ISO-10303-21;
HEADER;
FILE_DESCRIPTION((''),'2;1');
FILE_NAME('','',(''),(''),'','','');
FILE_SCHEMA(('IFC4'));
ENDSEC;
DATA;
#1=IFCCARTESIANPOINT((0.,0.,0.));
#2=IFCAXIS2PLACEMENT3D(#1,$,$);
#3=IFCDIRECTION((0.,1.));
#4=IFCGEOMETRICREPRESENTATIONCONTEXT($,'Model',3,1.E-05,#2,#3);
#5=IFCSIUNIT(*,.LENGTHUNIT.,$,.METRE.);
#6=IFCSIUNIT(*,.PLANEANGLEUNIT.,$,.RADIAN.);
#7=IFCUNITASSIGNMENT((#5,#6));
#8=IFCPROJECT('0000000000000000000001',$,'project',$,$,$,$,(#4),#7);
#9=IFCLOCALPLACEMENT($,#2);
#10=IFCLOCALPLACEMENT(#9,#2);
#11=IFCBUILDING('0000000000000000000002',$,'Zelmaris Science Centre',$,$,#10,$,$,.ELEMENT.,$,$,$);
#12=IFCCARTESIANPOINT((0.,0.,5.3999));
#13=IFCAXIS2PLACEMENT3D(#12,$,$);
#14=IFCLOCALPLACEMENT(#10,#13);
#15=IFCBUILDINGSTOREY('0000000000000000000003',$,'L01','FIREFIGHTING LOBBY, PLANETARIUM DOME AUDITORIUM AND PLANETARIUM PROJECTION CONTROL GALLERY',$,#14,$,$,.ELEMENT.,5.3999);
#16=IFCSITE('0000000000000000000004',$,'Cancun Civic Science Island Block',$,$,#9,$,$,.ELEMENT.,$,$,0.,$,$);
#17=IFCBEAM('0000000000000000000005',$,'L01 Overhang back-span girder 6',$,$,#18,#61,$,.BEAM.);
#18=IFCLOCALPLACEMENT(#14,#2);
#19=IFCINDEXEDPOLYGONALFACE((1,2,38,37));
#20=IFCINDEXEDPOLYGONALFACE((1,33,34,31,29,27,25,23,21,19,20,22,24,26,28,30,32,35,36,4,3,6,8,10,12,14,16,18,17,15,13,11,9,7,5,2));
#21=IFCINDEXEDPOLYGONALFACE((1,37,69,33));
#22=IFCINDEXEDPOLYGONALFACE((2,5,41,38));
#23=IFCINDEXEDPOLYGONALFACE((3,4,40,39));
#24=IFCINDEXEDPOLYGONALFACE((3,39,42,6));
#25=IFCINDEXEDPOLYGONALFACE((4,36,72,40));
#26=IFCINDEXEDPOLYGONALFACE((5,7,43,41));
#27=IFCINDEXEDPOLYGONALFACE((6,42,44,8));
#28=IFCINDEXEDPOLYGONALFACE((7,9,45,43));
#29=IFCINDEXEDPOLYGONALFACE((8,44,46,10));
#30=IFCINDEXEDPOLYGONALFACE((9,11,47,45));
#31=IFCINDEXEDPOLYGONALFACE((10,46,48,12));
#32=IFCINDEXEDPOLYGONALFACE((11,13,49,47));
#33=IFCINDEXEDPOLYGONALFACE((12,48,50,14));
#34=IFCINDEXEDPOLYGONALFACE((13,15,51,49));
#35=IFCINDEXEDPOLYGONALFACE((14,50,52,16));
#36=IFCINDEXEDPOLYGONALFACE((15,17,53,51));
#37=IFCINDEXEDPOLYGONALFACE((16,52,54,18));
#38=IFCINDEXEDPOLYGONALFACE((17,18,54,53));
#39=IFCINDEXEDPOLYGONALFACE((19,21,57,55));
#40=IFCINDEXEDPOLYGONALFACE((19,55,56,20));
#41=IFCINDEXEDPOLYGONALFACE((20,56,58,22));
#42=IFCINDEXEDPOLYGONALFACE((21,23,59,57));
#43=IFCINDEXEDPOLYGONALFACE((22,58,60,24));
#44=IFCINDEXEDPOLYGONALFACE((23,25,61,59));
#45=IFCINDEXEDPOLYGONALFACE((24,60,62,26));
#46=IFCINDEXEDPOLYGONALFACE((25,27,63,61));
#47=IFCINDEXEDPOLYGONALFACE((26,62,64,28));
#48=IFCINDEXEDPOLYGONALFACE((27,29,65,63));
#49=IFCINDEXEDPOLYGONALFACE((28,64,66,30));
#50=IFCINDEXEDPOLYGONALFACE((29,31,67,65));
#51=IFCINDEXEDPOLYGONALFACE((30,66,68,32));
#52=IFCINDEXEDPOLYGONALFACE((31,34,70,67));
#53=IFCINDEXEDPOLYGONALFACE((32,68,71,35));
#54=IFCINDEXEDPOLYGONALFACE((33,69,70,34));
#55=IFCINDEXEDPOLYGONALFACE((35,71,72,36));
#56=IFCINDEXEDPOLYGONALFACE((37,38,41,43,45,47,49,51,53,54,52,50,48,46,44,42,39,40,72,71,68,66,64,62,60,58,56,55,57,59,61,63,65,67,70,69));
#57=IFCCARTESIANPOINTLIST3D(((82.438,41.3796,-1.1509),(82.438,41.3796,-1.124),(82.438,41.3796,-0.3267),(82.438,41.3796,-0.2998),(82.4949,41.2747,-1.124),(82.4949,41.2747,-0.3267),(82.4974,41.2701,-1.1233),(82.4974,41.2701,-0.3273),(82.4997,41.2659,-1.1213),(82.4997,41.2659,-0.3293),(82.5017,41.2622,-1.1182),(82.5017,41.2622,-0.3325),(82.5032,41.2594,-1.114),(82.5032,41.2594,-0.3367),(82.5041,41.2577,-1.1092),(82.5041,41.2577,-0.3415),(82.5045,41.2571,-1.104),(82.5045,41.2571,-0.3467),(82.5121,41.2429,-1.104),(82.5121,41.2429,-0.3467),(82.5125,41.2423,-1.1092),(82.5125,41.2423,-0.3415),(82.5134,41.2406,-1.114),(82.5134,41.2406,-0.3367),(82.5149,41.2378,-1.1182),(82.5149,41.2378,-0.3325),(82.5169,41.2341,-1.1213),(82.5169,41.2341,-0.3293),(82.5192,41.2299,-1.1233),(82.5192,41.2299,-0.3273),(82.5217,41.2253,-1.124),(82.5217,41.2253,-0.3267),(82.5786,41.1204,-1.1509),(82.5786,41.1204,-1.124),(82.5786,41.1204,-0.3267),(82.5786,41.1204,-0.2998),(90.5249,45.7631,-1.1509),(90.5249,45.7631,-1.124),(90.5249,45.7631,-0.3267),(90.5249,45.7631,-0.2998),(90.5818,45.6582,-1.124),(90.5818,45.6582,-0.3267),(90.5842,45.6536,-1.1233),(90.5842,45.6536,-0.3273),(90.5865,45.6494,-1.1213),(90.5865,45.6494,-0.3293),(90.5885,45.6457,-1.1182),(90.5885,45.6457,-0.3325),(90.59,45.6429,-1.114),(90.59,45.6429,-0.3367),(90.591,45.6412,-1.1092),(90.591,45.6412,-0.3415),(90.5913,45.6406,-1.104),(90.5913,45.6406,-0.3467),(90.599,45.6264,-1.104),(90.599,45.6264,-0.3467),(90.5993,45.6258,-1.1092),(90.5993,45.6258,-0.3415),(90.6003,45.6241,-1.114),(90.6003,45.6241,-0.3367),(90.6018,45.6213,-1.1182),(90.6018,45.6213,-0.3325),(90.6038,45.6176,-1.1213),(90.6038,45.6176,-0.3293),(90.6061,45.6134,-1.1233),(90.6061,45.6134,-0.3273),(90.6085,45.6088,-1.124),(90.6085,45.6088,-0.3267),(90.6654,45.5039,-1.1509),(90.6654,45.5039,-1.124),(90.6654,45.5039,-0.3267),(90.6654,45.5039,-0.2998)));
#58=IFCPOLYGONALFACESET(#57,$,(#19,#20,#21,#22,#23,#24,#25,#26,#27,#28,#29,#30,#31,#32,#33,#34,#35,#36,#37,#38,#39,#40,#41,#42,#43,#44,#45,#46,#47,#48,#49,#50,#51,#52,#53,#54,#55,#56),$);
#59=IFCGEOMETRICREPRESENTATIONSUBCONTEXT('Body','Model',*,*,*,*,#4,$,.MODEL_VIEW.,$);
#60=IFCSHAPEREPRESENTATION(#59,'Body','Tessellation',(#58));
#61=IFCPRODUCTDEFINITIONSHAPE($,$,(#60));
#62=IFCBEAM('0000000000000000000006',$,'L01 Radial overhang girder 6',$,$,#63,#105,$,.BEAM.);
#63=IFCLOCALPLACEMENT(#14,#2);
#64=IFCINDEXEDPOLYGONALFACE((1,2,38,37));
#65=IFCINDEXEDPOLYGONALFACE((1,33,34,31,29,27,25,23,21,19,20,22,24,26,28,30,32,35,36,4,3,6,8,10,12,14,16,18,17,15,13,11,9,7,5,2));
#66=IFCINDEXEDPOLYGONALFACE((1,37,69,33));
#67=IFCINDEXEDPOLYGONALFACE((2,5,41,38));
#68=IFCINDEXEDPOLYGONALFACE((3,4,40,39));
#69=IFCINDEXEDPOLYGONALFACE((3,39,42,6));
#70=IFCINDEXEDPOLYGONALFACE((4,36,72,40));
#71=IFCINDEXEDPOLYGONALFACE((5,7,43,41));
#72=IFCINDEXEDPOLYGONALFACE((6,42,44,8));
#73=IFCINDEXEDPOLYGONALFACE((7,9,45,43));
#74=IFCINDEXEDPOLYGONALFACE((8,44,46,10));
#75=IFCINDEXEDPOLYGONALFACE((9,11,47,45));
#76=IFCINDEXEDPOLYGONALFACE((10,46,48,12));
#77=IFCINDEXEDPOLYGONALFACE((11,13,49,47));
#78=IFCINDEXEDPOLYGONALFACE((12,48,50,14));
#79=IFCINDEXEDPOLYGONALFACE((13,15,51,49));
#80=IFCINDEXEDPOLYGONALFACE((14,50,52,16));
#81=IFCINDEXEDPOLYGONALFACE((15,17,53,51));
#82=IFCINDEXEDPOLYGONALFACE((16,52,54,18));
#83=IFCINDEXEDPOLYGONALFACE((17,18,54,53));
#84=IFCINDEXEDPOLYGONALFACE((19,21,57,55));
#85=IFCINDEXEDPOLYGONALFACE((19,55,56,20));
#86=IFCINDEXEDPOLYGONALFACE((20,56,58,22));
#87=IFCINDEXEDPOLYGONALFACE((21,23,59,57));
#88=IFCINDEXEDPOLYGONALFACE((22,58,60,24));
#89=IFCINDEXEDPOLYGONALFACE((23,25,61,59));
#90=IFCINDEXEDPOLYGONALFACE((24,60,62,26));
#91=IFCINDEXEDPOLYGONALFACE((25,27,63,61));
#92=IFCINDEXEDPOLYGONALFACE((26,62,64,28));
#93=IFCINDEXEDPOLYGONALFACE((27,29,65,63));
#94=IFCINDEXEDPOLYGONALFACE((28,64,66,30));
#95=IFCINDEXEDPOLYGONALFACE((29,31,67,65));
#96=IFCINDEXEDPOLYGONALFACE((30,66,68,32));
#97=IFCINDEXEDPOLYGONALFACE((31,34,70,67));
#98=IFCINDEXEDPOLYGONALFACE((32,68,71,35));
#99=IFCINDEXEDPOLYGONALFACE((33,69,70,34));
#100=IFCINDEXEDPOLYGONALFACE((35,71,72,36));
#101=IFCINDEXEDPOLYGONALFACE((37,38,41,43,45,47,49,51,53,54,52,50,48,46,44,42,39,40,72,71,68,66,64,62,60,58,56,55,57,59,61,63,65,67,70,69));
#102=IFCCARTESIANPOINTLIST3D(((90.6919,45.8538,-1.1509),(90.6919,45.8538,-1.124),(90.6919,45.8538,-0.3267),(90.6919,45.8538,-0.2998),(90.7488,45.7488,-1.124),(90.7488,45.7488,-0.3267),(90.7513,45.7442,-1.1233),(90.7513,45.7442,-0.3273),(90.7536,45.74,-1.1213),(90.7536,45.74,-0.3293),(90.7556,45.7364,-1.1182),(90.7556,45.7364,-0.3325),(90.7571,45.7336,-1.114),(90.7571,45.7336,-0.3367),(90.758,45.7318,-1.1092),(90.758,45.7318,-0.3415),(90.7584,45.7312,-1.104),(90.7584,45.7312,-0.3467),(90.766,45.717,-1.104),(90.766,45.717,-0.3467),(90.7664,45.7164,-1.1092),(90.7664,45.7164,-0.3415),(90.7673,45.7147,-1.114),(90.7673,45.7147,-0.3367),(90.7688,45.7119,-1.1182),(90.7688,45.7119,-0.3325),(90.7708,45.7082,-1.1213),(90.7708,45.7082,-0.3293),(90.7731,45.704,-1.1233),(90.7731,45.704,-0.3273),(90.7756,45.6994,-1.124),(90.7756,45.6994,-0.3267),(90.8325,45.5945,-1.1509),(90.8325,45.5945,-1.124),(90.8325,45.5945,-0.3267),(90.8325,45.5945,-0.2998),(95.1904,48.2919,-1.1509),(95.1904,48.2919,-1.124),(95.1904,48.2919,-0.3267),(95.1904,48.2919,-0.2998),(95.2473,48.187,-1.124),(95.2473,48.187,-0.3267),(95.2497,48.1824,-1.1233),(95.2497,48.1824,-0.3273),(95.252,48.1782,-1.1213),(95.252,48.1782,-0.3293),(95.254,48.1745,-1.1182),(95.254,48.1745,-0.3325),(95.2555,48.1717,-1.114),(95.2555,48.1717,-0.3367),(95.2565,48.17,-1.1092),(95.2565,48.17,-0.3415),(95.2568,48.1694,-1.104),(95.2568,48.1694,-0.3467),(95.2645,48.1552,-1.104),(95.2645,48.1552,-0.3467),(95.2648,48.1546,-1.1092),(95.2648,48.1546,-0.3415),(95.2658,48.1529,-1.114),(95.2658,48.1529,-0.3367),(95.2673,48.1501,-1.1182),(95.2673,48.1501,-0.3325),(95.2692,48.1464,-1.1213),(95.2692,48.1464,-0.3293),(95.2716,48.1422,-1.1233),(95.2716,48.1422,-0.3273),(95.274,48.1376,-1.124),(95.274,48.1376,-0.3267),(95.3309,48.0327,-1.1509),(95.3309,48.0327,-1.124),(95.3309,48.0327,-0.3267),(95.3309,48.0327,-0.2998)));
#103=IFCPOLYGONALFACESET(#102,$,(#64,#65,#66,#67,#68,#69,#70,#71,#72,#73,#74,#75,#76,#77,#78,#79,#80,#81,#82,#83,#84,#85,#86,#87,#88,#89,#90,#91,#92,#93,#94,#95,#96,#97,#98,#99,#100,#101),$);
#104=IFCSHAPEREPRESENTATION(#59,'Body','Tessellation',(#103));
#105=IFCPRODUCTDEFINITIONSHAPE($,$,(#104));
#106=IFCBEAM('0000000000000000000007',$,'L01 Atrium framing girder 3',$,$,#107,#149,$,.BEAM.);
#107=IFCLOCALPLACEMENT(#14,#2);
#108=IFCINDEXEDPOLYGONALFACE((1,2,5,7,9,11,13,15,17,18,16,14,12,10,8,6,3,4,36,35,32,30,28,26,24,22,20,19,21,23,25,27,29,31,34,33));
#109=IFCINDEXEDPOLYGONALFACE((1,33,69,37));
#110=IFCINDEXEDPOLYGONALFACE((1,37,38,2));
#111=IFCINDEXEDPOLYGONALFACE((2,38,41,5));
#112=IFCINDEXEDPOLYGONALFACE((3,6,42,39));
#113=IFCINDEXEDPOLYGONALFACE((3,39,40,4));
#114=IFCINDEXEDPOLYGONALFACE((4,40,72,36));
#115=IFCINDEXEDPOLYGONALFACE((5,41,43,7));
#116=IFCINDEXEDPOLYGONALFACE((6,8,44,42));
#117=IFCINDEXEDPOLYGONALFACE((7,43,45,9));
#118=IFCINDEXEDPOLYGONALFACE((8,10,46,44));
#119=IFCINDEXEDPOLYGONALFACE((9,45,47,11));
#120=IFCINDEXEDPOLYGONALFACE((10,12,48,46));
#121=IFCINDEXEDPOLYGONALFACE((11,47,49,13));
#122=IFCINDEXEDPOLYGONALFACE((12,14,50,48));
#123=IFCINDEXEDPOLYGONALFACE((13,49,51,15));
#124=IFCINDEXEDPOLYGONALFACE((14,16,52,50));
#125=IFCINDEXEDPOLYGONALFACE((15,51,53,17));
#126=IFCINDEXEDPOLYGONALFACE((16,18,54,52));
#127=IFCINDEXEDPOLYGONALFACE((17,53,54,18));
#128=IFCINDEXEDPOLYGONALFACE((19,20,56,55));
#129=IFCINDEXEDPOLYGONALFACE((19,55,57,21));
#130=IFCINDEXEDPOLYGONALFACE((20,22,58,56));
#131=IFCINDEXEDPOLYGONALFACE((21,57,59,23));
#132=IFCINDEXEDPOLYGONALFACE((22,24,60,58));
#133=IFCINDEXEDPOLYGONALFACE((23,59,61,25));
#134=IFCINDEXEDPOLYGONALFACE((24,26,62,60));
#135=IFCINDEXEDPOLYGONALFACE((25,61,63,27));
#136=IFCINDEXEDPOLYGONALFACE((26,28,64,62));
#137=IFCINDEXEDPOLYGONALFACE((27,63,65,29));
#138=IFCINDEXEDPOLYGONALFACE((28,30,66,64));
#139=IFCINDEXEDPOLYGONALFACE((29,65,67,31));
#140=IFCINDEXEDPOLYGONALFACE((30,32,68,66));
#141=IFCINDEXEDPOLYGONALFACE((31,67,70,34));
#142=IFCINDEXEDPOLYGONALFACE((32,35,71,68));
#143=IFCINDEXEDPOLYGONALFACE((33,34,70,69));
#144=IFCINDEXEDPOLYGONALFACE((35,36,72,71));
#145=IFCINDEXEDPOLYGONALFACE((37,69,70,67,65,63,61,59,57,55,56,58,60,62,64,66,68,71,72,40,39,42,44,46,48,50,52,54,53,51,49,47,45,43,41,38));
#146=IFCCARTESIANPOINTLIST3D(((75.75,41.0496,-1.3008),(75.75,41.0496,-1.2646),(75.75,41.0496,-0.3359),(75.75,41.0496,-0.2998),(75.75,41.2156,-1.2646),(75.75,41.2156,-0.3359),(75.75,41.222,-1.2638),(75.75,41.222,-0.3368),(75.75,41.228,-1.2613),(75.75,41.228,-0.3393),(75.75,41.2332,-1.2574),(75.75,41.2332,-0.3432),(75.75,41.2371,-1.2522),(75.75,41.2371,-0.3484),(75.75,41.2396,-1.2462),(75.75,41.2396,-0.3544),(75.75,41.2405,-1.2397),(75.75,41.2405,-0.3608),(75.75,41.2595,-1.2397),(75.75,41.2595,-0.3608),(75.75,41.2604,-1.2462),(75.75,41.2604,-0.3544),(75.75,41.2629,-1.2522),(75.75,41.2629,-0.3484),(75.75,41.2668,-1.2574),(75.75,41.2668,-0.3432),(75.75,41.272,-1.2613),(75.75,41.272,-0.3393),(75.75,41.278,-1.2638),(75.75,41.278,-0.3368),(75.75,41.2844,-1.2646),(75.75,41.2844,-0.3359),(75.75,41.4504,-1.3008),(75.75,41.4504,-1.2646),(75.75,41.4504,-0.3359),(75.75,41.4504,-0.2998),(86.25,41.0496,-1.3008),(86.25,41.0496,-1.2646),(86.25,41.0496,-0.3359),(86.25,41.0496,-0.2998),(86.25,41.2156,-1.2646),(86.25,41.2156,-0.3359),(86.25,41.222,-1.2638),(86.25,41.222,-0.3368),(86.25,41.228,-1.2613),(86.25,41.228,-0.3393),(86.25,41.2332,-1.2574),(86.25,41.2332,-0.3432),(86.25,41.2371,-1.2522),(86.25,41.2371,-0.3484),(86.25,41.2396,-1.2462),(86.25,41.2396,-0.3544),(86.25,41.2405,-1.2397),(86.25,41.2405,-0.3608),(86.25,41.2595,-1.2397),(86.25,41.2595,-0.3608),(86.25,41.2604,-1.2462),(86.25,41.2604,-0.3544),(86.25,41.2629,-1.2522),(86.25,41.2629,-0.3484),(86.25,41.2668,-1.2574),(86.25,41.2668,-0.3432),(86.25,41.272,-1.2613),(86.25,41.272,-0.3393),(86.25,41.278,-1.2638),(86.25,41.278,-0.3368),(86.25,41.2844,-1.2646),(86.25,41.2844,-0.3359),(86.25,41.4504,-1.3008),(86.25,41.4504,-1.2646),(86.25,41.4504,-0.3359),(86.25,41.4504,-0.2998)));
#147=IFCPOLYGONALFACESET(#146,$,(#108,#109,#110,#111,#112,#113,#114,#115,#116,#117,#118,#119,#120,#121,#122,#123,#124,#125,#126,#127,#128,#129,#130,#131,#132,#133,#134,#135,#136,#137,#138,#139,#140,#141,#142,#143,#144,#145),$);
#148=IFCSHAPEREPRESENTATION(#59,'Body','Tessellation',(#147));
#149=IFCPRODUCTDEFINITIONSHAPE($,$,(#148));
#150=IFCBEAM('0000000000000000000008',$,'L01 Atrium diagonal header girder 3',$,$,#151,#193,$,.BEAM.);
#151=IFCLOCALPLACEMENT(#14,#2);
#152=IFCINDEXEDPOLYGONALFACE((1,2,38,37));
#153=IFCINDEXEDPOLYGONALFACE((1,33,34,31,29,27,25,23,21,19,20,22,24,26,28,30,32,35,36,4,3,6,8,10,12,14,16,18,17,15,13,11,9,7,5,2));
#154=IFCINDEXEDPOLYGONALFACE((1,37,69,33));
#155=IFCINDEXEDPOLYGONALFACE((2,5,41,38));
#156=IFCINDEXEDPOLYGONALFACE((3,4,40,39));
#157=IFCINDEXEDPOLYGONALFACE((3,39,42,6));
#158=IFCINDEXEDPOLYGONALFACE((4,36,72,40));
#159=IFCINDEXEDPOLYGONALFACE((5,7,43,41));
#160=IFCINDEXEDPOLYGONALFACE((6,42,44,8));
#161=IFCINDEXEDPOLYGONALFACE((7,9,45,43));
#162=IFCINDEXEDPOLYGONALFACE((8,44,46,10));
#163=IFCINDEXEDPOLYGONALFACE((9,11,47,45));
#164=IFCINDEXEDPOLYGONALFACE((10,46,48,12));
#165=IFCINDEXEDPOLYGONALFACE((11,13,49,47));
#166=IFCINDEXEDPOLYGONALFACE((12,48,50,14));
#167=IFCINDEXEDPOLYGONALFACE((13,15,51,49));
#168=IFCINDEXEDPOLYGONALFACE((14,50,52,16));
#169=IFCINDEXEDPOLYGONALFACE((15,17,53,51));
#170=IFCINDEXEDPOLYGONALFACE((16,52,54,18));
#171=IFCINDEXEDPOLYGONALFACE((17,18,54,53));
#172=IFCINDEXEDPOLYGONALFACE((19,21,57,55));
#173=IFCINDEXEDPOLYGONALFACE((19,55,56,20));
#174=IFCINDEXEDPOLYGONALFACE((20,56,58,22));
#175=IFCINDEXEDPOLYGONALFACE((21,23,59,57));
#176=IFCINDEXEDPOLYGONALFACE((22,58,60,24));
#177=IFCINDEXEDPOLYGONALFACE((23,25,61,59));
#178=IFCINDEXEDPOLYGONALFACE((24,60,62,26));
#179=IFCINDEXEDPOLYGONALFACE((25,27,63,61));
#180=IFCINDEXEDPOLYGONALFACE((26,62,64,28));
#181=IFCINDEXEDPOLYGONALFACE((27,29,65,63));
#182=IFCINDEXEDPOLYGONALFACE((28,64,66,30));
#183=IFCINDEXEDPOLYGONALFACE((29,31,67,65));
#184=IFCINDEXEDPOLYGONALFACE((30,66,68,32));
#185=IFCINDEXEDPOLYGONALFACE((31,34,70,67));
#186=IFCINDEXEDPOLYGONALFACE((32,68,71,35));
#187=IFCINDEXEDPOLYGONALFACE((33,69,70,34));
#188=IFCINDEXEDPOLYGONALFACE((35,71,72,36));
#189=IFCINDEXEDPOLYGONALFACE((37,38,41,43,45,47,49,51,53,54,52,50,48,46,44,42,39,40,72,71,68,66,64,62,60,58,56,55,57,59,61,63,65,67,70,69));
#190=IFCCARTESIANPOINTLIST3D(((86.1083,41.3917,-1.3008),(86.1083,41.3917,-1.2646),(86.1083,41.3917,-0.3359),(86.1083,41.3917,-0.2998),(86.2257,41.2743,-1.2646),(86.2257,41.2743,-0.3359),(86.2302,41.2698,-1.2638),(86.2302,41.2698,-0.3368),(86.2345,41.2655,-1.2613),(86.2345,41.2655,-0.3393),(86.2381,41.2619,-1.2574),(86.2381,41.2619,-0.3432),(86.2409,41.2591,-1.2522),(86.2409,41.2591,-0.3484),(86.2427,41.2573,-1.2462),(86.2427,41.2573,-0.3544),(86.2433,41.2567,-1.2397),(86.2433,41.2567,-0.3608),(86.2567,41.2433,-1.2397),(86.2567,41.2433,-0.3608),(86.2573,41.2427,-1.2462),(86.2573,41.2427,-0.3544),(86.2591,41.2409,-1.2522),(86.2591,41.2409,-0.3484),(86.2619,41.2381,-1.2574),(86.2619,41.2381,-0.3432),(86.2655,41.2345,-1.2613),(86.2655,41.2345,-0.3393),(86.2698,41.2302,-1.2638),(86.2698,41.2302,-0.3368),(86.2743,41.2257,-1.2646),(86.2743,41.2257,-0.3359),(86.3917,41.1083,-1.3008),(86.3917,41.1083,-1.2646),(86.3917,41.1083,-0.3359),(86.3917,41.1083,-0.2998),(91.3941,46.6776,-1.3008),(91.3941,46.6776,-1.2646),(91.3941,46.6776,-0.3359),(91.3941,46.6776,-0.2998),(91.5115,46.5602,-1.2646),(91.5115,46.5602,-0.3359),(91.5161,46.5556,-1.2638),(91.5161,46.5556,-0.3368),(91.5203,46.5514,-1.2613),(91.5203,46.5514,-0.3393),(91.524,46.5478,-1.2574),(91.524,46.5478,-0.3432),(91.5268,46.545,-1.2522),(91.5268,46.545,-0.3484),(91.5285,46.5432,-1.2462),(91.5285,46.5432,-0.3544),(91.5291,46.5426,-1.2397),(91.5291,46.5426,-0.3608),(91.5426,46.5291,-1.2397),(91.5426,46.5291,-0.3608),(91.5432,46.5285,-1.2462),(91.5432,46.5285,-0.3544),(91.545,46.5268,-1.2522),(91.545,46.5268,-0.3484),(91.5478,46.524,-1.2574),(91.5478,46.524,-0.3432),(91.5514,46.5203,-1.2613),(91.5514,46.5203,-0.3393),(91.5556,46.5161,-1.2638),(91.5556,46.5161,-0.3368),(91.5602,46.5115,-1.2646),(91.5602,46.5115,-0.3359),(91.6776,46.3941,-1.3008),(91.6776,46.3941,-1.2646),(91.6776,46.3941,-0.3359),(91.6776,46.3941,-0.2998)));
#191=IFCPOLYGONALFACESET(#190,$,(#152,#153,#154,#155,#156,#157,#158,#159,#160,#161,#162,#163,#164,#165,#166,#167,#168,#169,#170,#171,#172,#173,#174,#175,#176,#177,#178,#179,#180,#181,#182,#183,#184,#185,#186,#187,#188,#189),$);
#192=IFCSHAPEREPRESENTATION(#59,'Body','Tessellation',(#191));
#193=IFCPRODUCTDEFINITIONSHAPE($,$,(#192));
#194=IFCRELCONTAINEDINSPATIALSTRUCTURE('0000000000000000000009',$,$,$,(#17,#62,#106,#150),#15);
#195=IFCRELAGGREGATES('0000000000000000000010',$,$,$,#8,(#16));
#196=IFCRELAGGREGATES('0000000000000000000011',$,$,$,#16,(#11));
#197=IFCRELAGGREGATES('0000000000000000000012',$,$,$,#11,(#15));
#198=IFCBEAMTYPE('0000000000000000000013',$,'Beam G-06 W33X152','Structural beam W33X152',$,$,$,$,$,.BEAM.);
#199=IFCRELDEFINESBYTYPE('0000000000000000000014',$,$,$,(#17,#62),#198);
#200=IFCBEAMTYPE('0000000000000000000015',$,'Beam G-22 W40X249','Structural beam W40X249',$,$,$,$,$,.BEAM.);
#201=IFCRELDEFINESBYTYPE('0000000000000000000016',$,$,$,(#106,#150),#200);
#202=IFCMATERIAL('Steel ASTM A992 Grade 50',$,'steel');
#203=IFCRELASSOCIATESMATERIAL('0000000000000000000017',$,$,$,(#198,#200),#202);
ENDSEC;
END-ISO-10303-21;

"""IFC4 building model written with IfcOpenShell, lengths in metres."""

from ifc_helpers import new_model, si_unit, direction, frame, origin, origin_2d, place, context, subcontext, project, spatial, i_section, extrude, material, material_profile, profile_set, type_object, element, save


model = new_model("IFC4")

# Units and contexts
model_context = context("Model", 3, precision=1e-05, world=origin(), true_north=direction((0.0, 1.0)))
body_context = subcontext(model_context, "Body", "Model", "MODEL_VIEW")
ifc_project = project(units=[si_unit("LENGTHUNIT", "METRE"), si_unit("PLANEANGLEUNIT", "RADIAN")], contexts=[model_context])

# Site, building, storey
site_placement = place(None, origin())
site = spatial("IfcSite", under=ifc_project, at=site_placement, Name="Cancun Civic Science Island Block", CompositionType="ELEMENT", RefElevation=0.0)
building_placement = place(site_placement, origin())
building = spatial("IfcBuilding", under=site, at=building_placement, Name="Zelmaris Science Centre", CompositionType="ELEMENT")
storey_placement = place(building_placement, frame((0.0, 0.0, 5.3999)))
storey = spatial("IfcBuildingStorey", under=building, at=storey_placement, Name="L01", Description="FIREFIGHTING LOBBY, PLANETARIUM DOME AUDITORIUM AND PLANETARIUM PROJECTION CONTROL GALLERY", CompositionType="ELEMENT", Elevation=5.3999)

# Shared definitions
ifc_material_1 = material(Name="Steel ASTM A992 Grade 50", Category="steel")

# Beams
ifc_material_profile_1 = material_profile(ifc_material_1, i_section(OverallWidth=0.2949, OverallDepth=0.8511, WebThickness=0.0161, FlangeThickness=0.0269, FilletRadius=0.02, at=origin_2d()), Name="W33X152")
ifc_profile_set_1 = profile_set([ifc_material_profile_1], Name="Steel ASTM A992 Grade 50")
beam_type_1 = type_object("IfcBeamType", Name="Beam G-06 W33X152", Description="Structural beam W33X152", PredefinedType="BEAM", material=ifc_profile_set_1)
beam_1_placement = place(storey_placement, frame((82.5083, 41.25, -0.7253), z_axis=(0.879149, 0.476546, 0.0), x_axis=(-0.476546, 0.879149, 0.0)))
element("IfcBeam", 1, at=beam_1_placement, inside=storey, type_object=beam_type_1, Name="L01 Overhang back-span girder 6", PredefinedType="BEAM", context=body_context, shape_type="SweptSolid", body=[
    extrude(i_section(OverallWidth=0.2949, OverallDepth=0.8511, WebThickness=0.0161, FlangeThickness=0.0269, FilletRadius=0.02, at=origin_2d()), origin(), (0.0, 0.0, 1.0), 9.1985),
])
beam_2_placement = place(storey_placement, frame((90.7622, 45.7241, -0.7253), z_axis=(0.879167, 0.476514, 0.0), x_axis=(-0.476514, 0.879167, 0.0)))
element("IfcBeam", 2, at=beam_2_placement, inside=storey, type_object=beam_type_1, Name="L01 Radial overhang girder 6", PredefinedType="BEAM", context=body_context, shape_type="SweptSolid", body=[
    extrude(i_section(OverallWidth=0.2949, OverallDepth=0.8511, WebThickness=0.0161, FlangeThickness=0.0269, FilletRadius=0.02, at=origin_2d()), origin(), (0.0, 0.0, 1.0), 5.1167),
])
ifc_material_profile_2 = material_profile(ifc_material_1, i_section(OverallWidth=0.4009, OverallDepth=1.001, WebThickness=0.019, FlangeThickness=0.0361, FilletRadius=0.0249, at=origin_2d()), Name="W40X249")
ifc_profile_set_2 = profile_set([ifc_material_profile_2], Name="Steel ASTM A992 Grade 50")
beam_type_2 = type_object("IfcBeamType", Name="Beam G-22 W40X249", Description="Structural beam W40X249", PredefinedType="BEAM", material=ifc_profile_set_2)
beam_3_placement = place(storey_placement, frame((86.25, 41.25, -0.8003), z_axis=(-1.0, 0.0, 0.0), x_axis=(0.0, -1.0, 0.0)))
element("IfcBeam", 3, at=beam_3_placement, inside=storey, type_object=beam_type_2, Name="L01 Atrium framing girder 3", PredefinedType="BEAM", context=body_context, shape_type="SweptSolid", body=[
    extrude(i_section(OverallWidth=0.4009, OverallDepth=1.001, WebThickness=0.019, FlangeThickness=0.0361, FilletRadius=0.0249, at=origin_2d()), origin(), (0.0, 0.0, 1.0), 10.5),
])
beam_4_placement = place(storey_placement, frame((86.25, 41.25, -0.8003), z_axis=(0.707107, 0.707107, 0.0), x_axis=(-0.707107, 0.707107, 0.0)))
element("IfcBeam", 4, at=beam_4_placement, inside=storey, type_object=beam_type_2, Name="L01 Atrium diagonal header girder 3", PredefinedType="BEAM", context=body_context, shape_type="SweptSolid", body=[
    extrude(i_section(OverallWidth=0.4009, OverallDepth=1.001, WebThickness=0.019, FlangeThickness=0.0361, FilletRadius=0.0249, at=origin_2d()), origin(), (0.0, 0.0, 1.0), 7.4753),
])

save(model, "model.ifc")
